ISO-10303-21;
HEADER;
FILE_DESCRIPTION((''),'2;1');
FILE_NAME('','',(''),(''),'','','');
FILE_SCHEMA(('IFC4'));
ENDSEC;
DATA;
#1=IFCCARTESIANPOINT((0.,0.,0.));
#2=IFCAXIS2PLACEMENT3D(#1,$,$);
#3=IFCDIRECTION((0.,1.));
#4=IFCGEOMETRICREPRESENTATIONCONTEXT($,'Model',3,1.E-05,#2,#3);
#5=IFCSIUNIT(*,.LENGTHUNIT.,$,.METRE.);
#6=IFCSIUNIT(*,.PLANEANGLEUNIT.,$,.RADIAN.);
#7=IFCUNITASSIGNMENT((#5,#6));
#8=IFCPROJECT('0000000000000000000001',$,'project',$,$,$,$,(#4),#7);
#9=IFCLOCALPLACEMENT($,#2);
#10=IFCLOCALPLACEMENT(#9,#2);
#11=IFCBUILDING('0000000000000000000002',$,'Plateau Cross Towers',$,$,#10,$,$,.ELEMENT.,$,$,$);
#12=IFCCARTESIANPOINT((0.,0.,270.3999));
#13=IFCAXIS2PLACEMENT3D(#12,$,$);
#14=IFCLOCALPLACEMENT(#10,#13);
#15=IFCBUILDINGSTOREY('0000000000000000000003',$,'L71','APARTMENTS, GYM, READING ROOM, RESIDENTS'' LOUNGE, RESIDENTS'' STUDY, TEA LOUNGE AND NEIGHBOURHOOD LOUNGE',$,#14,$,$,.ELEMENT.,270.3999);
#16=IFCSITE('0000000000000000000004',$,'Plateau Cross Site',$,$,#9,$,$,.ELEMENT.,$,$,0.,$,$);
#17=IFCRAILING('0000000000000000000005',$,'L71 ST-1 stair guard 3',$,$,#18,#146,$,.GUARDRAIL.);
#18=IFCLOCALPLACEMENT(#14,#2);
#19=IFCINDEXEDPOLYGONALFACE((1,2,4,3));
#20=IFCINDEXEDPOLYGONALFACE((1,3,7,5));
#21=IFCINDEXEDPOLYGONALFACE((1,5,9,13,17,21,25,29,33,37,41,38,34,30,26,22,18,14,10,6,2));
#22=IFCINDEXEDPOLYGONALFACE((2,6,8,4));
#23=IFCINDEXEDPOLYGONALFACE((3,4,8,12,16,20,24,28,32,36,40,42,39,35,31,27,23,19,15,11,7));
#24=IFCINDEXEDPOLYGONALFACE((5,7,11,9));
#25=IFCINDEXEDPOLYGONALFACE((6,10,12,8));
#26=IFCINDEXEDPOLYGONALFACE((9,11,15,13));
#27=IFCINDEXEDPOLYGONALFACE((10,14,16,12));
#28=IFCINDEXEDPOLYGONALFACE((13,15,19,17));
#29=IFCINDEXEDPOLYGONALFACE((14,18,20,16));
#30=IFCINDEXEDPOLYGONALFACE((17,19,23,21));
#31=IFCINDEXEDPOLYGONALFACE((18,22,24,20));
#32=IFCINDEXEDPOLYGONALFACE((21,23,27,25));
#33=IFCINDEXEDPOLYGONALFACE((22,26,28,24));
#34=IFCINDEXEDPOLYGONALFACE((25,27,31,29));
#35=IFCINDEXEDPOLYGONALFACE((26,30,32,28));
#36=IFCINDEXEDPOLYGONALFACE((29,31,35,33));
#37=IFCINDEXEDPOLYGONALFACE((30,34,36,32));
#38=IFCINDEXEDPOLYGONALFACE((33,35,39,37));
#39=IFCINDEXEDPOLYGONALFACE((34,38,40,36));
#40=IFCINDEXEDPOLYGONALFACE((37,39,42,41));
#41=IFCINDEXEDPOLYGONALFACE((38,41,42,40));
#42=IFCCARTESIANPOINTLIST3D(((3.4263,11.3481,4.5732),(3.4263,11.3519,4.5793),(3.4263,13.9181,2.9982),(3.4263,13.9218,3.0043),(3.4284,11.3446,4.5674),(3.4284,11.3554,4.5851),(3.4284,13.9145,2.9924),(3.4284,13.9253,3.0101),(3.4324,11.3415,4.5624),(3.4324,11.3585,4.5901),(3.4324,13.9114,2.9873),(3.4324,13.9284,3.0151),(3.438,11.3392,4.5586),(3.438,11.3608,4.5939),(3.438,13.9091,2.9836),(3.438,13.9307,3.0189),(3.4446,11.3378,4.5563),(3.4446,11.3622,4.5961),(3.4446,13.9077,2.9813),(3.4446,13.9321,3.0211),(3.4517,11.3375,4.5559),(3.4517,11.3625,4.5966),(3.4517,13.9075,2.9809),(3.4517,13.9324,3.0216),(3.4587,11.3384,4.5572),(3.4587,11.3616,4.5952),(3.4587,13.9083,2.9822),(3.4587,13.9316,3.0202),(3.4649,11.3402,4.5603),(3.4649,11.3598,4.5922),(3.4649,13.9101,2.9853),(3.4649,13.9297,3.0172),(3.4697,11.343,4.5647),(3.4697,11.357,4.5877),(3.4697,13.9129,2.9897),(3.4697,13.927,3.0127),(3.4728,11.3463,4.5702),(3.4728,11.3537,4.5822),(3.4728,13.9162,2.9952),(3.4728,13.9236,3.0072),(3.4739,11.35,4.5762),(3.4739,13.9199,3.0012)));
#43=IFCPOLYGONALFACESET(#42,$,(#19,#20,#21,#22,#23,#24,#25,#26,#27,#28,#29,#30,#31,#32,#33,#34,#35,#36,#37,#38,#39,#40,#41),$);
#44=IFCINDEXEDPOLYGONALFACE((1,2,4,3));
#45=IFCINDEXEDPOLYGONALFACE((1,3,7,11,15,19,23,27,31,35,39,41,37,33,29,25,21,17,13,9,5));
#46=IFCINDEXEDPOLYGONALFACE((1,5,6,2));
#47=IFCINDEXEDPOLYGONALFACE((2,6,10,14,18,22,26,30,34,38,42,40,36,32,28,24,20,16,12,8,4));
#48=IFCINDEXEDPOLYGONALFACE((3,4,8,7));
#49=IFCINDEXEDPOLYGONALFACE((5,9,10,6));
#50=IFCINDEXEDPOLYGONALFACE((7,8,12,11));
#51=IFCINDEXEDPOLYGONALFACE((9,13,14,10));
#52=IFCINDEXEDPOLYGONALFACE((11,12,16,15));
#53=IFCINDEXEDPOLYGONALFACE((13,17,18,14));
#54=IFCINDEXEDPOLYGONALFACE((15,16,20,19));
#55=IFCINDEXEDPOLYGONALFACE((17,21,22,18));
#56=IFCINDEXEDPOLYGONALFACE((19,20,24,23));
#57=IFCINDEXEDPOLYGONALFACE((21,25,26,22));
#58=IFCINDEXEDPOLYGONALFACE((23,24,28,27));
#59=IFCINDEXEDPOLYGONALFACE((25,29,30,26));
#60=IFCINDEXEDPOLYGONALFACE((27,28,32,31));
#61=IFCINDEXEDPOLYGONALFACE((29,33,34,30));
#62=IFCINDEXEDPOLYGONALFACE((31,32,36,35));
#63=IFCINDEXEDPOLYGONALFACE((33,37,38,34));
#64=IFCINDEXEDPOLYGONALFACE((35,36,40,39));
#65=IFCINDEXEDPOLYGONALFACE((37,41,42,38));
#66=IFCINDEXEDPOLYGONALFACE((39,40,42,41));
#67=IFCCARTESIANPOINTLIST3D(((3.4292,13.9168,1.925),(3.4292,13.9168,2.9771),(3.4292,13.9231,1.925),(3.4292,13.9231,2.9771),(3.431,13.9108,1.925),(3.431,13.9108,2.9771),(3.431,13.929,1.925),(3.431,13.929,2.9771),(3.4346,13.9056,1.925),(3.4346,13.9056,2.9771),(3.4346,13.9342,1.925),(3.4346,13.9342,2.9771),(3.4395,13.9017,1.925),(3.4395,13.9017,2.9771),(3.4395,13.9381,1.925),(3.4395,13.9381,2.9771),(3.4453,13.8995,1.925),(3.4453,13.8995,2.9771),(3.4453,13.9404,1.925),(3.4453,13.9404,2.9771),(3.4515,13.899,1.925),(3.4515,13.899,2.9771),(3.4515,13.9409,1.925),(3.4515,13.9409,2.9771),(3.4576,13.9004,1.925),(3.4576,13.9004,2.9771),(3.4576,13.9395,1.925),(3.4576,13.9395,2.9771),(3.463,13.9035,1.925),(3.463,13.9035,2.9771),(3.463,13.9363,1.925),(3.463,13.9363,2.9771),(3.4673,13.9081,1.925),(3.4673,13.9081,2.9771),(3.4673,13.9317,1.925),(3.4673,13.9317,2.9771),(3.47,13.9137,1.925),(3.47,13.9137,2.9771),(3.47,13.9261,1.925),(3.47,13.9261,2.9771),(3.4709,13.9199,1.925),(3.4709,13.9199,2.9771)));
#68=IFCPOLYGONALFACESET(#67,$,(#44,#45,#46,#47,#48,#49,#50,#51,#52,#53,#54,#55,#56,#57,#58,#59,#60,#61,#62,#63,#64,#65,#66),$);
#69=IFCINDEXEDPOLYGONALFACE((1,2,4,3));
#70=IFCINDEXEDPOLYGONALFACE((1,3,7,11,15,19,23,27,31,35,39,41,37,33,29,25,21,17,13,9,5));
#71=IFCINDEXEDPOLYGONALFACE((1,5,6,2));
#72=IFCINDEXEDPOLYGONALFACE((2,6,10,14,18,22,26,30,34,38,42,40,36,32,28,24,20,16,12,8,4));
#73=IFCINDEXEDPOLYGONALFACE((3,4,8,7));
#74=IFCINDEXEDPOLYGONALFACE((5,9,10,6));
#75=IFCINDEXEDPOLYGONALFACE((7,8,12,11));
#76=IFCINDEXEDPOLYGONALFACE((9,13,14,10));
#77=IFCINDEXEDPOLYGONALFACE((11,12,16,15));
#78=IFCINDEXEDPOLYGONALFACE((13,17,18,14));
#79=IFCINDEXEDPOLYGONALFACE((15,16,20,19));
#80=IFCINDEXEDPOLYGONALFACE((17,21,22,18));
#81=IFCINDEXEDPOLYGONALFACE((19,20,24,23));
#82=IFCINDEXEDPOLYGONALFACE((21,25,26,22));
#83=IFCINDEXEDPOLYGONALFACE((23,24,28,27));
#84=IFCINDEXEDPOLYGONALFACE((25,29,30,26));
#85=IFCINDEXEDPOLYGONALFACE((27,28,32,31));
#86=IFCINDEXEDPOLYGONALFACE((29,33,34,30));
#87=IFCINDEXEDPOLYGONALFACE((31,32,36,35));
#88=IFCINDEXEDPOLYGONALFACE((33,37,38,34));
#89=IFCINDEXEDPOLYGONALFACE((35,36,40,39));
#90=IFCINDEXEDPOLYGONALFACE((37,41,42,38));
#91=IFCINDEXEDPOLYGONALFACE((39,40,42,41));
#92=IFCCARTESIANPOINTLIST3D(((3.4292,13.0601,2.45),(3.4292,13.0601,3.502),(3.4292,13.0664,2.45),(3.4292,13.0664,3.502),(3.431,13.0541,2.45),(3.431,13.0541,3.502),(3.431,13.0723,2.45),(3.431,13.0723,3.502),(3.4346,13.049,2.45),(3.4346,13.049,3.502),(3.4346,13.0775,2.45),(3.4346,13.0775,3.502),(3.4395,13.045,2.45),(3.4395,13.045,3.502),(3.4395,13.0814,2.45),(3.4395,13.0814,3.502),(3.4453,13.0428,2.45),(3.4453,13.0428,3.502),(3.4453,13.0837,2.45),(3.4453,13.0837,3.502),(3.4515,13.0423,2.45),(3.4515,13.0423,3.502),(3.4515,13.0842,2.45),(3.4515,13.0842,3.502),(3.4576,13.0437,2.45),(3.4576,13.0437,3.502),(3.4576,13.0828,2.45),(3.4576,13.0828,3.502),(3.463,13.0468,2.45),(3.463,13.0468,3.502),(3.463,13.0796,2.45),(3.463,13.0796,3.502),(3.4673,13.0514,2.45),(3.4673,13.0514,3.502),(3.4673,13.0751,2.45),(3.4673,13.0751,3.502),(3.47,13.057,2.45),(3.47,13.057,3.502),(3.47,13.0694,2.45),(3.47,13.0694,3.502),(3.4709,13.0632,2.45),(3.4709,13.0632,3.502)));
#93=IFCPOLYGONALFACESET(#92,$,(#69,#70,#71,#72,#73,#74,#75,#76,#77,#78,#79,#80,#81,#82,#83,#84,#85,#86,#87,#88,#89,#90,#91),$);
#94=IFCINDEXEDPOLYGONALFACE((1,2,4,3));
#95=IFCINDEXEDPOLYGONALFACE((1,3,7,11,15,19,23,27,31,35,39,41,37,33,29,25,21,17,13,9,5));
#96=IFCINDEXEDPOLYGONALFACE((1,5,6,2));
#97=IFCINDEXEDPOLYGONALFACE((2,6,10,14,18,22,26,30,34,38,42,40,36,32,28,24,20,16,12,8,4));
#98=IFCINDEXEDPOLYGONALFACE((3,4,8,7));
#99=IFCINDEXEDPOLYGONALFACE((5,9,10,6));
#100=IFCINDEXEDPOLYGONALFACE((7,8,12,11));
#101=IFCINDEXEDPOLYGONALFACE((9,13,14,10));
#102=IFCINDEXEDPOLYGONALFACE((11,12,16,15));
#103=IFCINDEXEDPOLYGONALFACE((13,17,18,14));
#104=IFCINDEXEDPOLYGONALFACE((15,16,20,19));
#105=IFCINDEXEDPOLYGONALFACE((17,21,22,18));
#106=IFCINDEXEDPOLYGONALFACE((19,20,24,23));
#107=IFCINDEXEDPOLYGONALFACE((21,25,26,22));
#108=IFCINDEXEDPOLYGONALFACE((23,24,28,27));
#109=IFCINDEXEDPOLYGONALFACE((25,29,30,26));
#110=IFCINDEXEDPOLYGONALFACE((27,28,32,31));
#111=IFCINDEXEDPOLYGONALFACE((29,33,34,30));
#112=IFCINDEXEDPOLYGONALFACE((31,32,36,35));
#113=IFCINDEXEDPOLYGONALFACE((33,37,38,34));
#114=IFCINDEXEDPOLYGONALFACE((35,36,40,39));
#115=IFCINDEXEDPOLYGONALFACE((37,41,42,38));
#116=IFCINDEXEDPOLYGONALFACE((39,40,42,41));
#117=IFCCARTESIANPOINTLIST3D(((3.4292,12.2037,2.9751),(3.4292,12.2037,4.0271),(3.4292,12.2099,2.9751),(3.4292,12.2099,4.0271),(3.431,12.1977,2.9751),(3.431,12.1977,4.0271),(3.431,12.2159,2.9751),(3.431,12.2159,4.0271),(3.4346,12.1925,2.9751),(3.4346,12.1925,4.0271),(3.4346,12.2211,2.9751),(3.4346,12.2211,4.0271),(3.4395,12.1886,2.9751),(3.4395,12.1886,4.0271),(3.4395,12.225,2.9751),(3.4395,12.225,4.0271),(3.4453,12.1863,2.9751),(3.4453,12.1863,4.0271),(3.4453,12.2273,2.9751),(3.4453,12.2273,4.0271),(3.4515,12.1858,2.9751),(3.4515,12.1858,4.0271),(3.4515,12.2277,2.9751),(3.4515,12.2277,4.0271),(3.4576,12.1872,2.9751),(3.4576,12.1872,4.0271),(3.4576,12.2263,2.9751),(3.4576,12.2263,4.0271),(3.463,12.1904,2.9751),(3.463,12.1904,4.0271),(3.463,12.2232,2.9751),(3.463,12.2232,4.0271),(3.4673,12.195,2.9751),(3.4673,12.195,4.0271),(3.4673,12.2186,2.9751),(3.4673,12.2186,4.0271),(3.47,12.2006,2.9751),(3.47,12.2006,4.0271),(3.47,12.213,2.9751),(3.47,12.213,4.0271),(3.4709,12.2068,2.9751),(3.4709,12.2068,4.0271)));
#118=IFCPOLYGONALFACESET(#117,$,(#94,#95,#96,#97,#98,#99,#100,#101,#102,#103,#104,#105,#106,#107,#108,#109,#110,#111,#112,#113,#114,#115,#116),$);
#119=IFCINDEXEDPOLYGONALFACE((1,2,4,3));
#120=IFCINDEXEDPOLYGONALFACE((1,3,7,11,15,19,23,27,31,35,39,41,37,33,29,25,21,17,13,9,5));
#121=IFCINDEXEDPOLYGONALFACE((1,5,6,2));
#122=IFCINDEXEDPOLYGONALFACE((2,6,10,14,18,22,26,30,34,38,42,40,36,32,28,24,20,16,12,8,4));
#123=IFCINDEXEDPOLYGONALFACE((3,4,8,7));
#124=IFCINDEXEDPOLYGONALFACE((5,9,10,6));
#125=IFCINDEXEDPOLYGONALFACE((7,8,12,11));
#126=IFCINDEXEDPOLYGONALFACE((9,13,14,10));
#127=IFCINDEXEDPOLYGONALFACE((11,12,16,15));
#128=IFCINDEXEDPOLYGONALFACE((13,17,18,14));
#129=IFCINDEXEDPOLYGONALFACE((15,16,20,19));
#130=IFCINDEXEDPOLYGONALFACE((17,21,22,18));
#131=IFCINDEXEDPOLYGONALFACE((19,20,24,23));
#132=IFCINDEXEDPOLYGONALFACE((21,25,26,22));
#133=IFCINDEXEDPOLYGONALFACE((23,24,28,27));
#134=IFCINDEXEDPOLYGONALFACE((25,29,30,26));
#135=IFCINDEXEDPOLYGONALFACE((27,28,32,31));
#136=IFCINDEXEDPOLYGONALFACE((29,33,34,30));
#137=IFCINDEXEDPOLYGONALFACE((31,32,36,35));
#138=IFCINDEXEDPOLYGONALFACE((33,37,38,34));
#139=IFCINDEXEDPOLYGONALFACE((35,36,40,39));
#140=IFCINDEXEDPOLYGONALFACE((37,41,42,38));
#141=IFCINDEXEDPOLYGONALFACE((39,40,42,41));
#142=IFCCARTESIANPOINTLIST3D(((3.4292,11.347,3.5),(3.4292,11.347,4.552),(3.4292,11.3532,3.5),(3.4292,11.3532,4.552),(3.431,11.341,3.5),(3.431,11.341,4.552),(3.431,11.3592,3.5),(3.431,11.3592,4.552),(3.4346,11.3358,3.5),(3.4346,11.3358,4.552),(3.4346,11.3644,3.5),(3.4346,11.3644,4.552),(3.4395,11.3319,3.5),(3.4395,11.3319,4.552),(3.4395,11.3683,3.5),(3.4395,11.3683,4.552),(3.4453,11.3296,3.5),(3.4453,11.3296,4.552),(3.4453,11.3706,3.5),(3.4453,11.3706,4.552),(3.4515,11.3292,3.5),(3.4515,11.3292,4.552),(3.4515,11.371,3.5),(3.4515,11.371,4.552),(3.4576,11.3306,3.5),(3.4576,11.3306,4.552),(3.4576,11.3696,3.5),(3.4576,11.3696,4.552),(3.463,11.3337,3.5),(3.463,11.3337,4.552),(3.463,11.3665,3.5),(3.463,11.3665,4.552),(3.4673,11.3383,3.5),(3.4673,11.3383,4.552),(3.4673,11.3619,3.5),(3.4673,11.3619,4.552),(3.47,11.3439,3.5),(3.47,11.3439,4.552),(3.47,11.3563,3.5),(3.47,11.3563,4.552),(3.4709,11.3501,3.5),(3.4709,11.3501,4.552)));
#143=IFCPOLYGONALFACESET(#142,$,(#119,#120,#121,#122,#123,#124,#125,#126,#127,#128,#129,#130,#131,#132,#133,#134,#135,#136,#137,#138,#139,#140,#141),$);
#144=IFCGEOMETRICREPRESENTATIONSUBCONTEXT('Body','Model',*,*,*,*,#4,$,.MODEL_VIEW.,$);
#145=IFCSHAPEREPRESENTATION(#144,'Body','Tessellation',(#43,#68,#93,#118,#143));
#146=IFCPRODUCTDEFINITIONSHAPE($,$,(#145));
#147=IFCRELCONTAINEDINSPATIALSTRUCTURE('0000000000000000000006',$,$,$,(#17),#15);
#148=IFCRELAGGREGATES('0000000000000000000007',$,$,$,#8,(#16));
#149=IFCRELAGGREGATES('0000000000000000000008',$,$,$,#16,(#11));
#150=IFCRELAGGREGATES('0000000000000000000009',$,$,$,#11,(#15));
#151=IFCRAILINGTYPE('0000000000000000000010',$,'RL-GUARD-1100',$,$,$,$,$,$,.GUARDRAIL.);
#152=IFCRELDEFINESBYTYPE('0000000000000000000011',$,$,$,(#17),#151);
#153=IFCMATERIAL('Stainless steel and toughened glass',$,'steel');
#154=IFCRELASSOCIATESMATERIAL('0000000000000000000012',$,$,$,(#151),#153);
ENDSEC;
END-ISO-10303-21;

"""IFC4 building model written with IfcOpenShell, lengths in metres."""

from ifc_helpers import new_model, si_unit, direction, frame, origin, origin_2d, place, context, subcontext, project, spatial, circle, extrude, material, type_object, element, save


model = new_model("IFC4")

# Units and contexts
model_context = context("Model", 3, precision=1e-05, world=origin(), true_north=direction((0.0, 1.0)))
body_context = subcontext(model_context, "Body", "Model", "MODEL_VIEW")
ifc_project = project(units=[si_unit("LENGTHUNIT", "METRE"), si_unit("PLANEANGLEUNIT", "RADIAN")], contexts=[model_context])

# Site, building, storey
site_placement = place(None, origin())
site = spatial("IfcSite", under=ifc_project, at=site_placement, Name="Plateau Cross Site", CompositionType="ELEMENT", RefElevation=0.0)
building_placement = place(site_placement, origin())
building = spatial("IfcBuilding", under=site, at=building_placement, Name="Plateau Cross Towers", CompositionType="ELEMENT")
storey_placement = place(building_placement, frame((0.0, 0.0, 270.3999)))
storey = spatial("IfcBuildingStorey", under=building, at=storey_placement, Name="L71", Description="APARTMENTS, GYM, READING ROOM, RESIDENTS' LOUNGE, RESIDENTS' STUDY, TEA LOUNGE AND NEIGHBOURHOOD LOUNGE", CompositionType="ELEMENT", Elevation=270.3999)

# Railing
ifc_material_1 = material(Name="Stainless steel and toughened glass", Category="steel")
railing_type_1 = type_object("IfcRailingType", Name="RL-GUARD-1100", PredefinedType="GUARDRAIL", material=ifc_material_1)
railing_1_placement = place(storey_placement, frame((3.45, 13.9199, 1.925)))
element("IfcRailing", 1, at=railing_1_placement, inside=storey, type_object=railing_type_1, Name="L71 ST-1 stair guard 3", PredefinedType="GUARDRAIL", context=body_context, shape_type="SweptSolid", body=[
    extrude(circle(Radius=0.0239, at=origin_2d()), frame((0.0, 0.0, 1.0762), z_axis=(0.0, -0.852616, 0.522537), x_axis=(1.0, 0.0, 0.0)), (0.0, 0.0, 1.0), 3.0142),
    extrude(circle(Radius=0.021, at=origin_2d()), origin(), (0.0, 0.0, 1.0), 1.052),
    extrude(circle(Radius=0.021, at=origin_2d()), frame((0.0, -0.8567, 0.5249)), (0.0, 0.0, 1.0), 1.052),
    extrude(circle(Radius=0.021, at=origin_2d()), frame((0.0, -1.7131, 1.05)), (0.0, 0.0, 1.0), 1.052),
    extrude(circle(Radius=0.021, at=origin_2d()), frame((0.0, -2.5698, 1.575)), (0.0, 0.0, 1.0), 1.052),
])

save(model, "model.ifc")
